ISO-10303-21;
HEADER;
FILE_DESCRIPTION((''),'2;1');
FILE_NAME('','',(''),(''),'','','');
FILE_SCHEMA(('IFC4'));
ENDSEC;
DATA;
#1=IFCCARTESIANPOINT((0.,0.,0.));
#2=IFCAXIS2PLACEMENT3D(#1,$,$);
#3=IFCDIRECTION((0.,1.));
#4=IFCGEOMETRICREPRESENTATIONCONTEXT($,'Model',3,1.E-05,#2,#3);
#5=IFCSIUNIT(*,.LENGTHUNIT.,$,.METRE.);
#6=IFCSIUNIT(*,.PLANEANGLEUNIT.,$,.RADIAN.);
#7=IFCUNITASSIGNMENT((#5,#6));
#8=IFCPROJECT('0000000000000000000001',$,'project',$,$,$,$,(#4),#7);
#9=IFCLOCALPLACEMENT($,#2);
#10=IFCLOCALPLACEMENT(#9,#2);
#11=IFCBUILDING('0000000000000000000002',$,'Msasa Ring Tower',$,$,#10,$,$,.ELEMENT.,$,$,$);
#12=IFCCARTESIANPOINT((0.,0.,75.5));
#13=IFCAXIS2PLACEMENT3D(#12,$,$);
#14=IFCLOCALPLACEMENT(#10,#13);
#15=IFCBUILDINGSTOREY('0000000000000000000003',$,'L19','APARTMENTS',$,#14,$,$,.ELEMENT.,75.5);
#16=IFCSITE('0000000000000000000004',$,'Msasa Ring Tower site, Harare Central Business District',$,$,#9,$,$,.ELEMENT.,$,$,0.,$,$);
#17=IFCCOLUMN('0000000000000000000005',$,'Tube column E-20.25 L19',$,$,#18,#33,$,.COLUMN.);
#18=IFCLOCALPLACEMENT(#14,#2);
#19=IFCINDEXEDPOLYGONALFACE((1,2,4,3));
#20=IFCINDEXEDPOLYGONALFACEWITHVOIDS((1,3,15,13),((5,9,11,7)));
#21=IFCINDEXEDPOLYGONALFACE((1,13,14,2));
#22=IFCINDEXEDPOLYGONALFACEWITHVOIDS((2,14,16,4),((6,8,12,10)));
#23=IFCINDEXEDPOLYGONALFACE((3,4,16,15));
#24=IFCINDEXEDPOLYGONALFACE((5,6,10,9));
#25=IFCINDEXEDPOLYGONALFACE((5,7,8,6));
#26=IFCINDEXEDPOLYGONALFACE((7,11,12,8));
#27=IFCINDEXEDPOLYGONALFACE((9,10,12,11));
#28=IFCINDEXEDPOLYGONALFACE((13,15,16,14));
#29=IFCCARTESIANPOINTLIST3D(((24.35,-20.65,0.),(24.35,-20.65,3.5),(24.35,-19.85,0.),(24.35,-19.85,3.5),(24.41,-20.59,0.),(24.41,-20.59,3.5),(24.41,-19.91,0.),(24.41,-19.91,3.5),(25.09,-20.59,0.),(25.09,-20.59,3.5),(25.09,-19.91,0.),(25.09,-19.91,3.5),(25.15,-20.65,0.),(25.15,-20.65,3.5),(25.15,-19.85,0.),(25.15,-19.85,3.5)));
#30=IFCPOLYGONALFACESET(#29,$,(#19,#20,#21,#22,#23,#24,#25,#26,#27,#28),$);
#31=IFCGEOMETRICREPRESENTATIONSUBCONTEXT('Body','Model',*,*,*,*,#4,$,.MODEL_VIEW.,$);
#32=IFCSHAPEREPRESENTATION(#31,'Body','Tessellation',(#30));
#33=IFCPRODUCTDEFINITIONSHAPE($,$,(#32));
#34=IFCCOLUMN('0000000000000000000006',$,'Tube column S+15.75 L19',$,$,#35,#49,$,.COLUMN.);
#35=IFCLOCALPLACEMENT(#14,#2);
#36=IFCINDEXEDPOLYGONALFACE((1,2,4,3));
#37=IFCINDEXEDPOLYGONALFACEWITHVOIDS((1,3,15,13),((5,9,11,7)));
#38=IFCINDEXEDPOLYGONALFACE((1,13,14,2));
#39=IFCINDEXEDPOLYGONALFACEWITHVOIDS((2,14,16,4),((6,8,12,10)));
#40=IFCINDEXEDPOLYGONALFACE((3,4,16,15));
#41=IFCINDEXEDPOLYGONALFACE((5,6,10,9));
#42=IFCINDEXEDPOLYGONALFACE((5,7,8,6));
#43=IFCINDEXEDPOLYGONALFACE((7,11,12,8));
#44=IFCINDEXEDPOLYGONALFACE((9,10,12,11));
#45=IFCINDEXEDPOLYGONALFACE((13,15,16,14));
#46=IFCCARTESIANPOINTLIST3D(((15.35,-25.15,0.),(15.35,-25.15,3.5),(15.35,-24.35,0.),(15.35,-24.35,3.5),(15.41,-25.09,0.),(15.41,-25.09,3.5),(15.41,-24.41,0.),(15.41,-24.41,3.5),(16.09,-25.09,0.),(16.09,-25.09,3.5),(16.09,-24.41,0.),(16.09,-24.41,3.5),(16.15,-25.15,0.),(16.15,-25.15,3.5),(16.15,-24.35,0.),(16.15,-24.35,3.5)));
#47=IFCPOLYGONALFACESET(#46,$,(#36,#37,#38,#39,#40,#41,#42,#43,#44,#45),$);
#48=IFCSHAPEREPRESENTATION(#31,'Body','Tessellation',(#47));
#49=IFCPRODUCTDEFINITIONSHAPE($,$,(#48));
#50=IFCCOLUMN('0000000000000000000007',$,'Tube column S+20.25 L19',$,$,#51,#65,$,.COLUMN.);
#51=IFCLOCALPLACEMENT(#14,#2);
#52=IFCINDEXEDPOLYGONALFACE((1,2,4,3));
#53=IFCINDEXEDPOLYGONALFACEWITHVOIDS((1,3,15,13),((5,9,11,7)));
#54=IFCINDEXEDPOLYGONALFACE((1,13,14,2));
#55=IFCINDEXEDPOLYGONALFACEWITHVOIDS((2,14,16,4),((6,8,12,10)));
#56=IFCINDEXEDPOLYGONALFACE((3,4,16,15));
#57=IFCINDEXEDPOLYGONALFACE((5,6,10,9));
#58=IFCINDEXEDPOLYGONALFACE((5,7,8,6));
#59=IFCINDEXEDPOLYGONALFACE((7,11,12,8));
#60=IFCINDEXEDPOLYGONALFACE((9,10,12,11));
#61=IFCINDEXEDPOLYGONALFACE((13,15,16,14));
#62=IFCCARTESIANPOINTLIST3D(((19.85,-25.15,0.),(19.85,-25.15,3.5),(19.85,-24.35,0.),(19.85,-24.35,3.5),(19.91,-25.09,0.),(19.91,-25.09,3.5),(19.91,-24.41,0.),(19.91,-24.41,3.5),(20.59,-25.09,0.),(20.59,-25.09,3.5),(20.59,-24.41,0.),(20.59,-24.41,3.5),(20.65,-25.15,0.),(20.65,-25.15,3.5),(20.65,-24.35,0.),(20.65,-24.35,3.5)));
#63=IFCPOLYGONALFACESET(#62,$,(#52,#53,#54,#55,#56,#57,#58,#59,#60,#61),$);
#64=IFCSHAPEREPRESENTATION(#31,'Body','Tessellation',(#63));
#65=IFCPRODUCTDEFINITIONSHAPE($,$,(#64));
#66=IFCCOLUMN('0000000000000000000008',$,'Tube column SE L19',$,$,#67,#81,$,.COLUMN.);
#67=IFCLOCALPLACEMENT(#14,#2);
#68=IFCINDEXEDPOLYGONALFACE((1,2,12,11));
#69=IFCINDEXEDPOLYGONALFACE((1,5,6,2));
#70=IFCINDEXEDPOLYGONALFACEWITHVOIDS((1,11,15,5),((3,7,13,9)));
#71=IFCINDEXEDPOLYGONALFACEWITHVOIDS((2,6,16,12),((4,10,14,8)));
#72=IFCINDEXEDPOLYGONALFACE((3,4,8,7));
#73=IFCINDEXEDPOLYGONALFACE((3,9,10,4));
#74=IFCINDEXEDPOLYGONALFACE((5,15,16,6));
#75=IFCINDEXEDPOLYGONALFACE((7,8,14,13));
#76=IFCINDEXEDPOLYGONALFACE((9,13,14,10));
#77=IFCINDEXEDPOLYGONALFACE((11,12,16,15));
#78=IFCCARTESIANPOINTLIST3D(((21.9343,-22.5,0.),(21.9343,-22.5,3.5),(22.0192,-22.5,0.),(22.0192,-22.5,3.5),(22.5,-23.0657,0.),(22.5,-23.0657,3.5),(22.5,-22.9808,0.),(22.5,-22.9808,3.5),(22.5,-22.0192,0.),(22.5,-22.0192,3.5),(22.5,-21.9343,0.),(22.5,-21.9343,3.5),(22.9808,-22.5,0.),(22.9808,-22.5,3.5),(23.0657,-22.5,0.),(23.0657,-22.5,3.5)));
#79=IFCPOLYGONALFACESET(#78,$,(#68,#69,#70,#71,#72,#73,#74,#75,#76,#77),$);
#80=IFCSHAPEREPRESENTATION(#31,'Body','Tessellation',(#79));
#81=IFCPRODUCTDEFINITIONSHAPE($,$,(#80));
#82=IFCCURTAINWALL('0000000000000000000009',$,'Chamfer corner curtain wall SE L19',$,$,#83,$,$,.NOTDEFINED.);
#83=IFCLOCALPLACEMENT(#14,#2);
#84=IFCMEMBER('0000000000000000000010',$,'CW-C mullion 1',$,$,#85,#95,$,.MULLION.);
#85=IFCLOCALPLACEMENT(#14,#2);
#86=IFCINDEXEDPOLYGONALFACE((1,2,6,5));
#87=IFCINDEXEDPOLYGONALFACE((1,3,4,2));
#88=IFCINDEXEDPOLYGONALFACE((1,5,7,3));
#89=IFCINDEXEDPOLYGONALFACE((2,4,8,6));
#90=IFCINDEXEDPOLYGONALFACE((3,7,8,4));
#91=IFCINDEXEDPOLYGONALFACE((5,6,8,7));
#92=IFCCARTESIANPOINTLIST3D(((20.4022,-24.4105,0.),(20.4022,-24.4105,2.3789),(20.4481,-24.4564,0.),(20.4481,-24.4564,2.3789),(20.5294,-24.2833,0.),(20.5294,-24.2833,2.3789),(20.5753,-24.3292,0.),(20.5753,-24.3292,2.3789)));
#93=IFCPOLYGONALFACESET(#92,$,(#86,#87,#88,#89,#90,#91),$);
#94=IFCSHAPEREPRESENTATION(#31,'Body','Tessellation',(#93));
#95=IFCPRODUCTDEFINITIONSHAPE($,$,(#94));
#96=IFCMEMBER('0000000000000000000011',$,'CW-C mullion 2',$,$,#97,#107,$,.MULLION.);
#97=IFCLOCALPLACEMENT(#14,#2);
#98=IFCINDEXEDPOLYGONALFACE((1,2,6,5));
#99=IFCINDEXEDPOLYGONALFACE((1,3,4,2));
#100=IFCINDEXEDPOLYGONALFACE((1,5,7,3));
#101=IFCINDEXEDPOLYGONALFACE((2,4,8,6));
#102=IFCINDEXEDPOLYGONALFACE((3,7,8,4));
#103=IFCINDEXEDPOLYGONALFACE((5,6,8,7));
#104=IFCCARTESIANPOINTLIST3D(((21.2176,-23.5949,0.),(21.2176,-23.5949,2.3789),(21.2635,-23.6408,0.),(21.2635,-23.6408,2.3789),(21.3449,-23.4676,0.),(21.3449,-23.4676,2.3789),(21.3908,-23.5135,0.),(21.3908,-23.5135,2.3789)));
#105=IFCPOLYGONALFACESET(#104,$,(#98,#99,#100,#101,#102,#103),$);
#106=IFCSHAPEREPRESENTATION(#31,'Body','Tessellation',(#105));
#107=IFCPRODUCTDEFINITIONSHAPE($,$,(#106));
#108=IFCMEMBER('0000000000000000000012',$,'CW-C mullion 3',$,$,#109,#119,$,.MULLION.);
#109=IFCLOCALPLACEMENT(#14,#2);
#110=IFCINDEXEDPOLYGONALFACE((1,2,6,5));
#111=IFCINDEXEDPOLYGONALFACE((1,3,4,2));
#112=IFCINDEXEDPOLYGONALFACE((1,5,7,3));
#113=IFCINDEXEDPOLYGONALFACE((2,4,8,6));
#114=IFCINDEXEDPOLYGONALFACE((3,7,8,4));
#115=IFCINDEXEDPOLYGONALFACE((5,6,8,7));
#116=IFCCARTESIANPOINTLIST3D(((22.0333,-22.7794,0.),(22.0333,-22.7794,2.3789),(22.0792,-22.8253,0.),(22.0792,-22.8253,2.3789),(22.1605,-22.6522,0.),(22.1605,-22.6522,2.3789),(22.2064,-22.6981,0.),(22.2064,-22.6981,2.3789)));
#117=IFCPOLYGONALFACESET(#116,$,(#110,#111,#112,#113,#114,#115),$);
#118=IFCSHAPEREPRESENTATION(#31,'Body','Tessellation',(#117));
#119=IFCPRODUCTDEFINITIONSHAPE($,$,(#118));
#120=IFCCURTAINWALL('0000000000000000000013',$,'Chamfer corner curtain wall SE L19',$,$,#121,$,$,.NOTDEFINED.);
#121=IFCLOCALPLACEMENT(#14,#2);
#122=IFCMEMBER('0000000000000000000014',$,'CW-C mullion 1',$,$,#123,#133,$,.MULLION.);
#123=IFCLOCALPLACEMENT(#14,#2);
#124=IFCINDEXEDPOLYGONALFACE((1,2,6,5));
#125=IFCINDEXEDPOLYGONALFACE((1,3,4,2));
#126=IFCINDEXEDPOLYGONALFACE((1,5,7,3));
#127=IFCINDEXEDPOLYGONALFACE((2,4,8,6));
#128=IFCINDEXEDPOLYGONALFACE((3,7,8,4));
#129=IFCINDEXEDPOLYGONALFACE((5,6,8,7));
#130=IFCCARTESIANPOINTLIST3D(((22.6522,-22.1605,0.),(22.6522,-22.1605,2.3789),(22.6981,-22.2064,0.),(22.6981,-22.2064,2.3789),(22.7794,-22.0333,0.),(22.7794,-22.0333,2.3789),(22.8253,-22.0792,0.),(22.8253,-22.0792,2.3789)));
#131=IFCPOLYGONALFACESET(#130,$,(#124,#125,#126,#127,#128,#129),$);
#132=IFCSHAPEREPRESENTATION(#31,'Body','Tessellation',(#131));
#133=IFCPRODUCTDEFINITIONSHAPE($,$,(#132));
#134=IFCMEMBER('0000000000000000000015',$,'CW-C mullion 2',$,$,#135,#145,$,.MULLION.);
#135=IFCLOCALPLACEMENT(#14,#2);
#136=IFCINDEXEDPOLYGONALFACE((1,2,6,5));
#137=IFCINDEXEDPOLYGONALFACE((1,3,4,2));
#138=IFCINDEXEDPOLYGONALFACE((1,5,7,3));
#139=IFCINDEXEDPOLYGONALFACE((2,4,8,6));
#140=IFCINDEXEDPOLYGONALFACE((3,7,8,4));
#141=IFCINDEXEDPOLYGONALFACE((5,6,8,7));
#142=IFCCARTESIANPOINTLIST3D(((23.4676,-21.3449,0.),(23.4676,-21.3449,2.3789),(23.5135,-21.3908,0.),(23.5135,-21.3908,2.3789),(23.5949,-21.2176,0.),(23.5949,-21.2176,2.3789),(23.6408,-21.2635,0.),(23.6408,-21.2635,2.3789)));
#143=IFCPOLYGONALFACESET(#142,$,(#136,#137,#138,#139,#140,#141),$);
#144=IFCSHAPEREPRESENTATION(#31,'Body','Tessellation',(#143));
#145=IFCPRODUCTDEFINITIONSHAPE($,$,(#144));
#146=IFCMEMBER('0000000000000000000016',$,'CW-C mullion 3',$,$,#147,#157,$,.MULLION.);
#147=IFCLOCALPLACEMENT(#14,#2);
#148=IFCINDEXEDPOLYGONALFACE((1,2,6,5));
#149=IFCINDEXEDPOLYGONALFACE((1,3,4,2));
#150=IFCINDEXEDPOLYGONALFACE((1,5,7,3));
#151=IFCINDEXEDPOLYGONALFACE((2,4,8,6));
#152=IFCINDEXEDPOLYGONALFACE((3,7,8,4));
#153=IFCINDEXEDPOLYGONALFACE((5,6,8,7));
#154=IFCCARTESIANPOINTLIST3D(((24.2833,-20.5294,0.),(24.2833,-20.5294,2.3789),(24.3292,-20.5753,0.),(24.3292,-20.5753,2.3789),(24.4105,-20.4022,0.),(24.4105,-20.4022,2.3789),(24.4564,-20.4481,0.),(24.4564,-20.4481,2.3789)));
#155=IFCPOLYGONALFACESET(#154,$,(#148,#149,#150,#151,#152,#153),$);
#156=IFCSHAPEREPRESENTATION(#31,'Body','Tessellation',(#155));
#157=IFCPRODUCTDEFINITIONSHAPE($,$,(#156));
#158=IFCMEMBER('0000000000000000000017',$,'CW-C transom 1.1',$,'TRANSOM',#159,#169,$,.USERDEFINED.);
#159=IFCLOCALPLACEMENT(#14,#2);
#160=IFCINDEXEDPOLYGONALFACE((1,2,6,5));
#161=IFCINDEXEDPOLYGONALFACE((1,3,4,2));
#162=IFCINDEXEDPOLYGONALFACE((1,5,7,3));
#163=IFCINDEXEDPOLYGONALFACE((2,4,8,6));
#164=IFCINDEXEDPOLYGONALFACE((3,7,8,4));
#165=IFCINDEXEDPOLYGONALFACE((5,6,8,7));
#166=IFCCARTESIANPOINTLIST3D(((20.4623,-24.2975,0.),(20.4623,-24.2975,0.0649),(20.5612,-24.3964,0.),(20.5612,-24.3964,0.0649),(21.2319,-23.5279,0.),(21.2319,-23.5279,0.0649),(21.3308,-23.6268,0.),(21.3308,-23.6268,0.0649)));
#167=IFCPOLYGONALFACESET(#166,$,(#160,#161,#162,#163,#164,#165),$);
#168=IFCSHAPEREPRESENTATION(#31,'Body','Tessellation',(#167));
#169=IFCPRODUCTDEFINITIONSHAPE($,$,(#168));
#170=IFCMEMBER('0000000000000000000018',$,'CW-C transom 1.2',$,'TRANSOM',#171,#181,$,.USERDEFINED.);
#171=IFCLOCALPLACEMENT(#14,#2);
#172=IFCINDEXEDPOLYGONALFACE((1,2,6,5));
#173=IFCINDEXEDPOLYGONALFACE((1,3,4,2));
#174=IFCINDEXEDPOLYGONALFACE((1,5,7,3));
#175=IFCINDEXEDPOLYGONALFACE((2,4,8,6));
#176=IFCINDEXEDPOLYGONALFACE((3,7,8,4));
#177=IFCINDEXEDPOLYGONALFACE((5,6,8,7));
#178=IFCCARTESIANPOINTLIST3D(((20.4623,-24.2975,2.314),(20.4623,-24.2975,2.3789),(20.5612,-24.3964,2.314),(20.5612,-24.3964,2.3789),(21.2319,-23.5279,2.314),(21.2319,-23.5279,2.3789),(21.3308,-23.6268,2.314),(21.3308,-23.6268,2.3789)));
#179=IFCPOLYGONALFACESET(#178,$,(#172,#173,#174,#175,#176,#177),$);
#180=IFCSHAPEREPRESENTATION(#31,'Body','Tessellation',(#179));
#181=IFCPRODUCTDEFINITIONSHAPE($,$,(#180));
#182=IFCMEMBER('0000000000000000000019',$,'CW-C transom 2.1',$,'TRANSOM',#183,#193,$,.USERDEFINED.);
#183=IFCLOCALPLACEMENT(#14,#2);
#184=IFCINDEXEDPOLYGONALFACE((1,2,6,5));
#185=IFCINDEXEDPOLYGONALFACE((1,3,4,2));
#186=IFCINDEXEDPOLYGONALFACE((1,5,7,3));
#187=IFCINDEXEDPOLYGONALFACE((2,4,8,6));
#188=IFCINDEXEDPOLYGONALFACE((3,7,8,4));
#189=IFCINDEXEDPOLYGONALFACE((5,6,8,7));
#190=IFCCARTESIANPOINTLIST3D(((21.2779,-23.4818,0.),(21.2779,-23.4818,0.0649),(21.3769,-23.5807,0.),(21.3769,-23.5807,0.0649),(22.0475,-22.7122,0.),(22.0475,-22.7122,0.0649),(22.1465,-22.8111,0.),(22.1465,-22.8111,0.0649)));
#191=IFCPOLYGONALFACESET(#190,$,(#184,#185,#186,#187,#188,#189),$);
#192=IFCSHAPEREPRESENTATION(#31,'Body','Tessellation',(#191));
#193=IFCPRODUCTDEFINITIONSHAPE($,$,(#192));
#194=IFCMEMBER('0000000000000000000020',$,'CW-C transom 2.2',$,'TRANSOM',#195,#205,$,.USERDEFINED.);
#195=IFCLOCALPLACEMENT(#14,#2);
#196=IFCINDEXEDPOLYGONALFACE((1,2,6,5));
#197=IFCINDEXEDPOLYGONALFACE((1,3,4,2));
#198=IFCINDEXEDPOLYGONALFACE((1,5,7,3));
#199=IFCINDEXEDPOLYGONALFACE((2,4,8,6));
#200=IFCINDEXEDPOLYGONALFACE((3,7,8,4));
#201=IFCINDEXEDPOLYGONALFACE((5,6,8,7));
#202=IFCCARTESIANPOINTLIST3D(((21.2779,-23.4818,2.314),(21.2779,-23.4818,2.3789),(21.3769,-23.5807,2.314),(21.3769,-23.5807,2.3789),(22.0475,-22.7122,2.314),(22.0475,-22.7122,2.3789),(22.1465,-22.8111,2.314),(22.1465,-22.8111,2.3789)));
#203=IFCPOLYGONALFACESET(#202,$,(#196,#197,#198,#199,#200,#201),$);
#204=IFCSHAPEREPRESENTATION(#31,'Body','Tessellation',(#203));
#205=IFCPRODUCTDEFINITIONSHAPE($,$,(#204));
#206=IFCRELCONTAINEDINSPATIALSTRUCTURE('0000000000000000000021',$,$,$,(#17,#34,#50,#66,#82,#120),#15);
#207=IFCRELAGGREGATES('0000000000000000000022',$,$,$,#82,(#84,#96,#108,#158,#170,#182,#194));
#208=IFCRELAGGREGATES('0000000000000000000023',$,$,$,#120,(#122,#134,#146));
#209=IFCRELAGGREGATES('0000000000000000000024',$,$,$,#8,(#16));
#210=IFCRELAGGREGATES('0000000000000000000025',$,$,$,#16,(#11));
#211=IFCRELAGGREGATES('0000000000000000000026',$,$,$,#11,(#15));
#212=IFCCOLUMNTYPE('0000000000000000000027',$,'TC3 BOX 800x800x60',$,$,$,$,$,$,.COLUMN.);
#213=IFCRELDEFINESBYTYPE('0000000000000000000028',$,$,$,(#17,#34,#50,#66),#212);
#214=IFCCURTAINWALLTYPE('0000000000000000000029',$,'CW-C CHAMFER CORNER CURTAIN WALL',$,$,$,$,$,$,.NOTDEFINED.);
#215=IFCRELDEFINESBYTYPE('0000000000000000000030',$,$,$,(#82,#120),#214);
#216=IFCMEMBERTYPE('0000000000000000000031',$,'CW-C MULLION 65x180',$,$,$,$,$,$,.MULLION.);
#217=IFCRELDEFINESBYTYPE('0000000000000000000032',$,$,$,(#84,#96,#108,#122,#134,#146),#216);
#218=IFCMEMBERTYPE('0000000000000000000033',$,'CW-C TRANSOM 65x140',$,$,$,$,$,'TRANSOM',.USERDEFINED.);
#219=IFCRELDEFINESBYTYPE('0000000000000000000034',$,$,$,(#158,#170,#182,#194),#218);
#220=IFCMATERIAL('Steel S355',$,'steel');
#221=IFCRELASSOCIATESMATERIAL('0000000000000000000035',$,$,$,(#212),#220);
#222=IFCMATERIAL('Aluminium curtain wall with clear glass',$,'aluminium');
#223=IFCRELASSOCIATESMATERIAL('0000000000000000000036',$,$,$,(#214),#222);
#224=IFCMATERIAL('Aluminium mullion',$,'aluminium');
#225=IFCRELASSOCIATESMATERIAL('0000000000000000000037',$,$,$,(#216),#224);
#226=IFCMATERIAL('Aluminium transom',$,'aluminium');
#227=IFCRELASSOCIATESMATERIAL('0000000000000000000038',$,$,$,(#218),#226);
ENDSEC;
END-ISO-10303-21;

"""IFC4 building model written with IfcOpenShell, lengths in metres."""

from ifc_helpers import new_model, si_unit, direction, frame, origin, origin_2d, place, context, subcontext, project, spatial, rectangle, hollow_rectangle, extrude, material, material_profile, profile_set, type_object, element, aggregate, save


model = new_model("IFC4")

# Units and contexts
model_context = context("Model", 3, precision=1e-05, world=origin(), true_north=direction((0.0, 1.0)))
body_context = subcontext(model_context, "Body", "Model", "MODEL_VIEW")
ifc_project = project(units=[si_unit("LENGTHUNIT", "METRE"), si_unit("PLANEANGLEUNIT", "RADIAN")], contexts=[model_context])

# Site, building, storey
site_placement = place(None, origin())
site = spatial("IfcSite", under=ifc_project, at=site_placement, Name="Msasa Ring Tower site, Harare Central Business District", CompositionType="ELEMENT", RefElevation=0.0)
building_placement = place(site_placement, origin())
building = spatial("IfcBuilding", under=site, at=building_placement, Name="Msasa Ring Tower", CompositionType="ELEMENT")
storey_placement = place(building_placement, frame((0.0, 0.0, 75.5)))
storey = spatial("IfcBuildingStorey", under=building, at=storey_placement, Name="L19", Description="APARTMENTS", CompositionType="ELEMENT", Elevation=75.5)

# Columns
ifc_material_1 = material(Name="Steel S355", Category="steel")
ifc_material_profile_1 = material_profile(ifc_material_1, hollow_rectangle(XDim=0.8, YDim=0.8, WallThickness=0.0601, at=origin_2d()), Name="BOX 800x800x60")
ifc_profile_set_1 = profile_set([ifc_material_profile_1], Name="Steel S355")
column_type = type_object("IfcColumnType", Name="TC3 BOX 800x800x60", PredefinedType="COLUMN", material=ifc_profile_set_1)
for number, where, z_axis, x_axis, name in (
    (1, (24.75, -20.25, 0.0), (0.0, 0.0, 1.0), (1.0, 0.0, 0.0), "Tube column E-20.25 L19"),
    (2, (15.75, -24.75, 0.0), (0.0, 0.0, 1.0), (0.0, 1.0, 0.0), "Tube column S+15.75 L19"),
    (3, (20.25, -24.75, 0.0), (0.0, 0.0, 1.0), (0.0, 1.0, 0.0), "Tube column S+20.25 L19"),
    (4, (22.5, -22.5, 0.0), (0.0, 0.0, 1.0), (0.707107, -0.707107, 0.0), "Tube column SE L19"),
):
    element("IfcColumn", number, at=place(storey_placement, frame(where, z_axis=z_axis, x_axis=x_axis)), inside=storey, type_object=column_type, Name=name, PredefinedType="COLUMN", context=body_context, shape_type="SweptSolid", body=[
        extrude(hollow_rectangle(XDim=0.8, YDim=0.8, WallThickness=0.0601, at=origin_2d()), origin(), (0.0, 0.0, 1.0), 3.5),
    ])

# Curtain walls, members
ifc_material_2 = material(Name="Aluminium curtain wall with clear glass", Category="aluminium")
curtain_wall_type = type_object("IfcCurtainWallType", Name="CW-C CHAMFER CORNER CURTAIN WALL", PredefinedType="NOTDEFINED", material=ifc_material_2)
curtain_wall_1_placement = place(storey_placement, origin())
curtain_wall_1 = element("IfcCurtainWall", 5, at=curtain_wall_1_placement, inside=storey, type_object=curtain_wall_type, Name="Chamfer corner curtain wall SE L19", PredefinedType="NOTDEFINED")
ifc_material_3 = material(Name="Aluminium mullion", Category="aluminium")
ifc_material_profile_2 = material_profile(ifc_material_3, rectangle(XDim=0.0649, YDim=0.1799, at=origin_2d()), Name="AL 65x180")
ifc_profile_set_2 = profile_set([ifc_material_profile_2], Name="Aluminium mullion")
member_type_1 = type_object("IfcMemberType", Name="CW-C MULLION 65x180", PredefinedType="MULLION", material=ifc_profile_set_2)
member_1_placement = place(storey_placement, frame((20.4888, -24.3699, 0.0), z_axis=(0.0, 0.0, 1.0), x_axis=(-0.707107, 0.707107, 0.0)))
member_1 = element("IfcMember", 6, at=member_1_placement, type_object=member_type_1, Name="CW-C mullion 1", PredefinedType="MULLION", context=body_context, shape_type="SweptSolid", body=[
    extrude(rectangle(XDim=0.0649, YDim=0.1799, at=origin_2d()), origin(), (0.0, 0.0, 1.0), 2.3789),
])
member_2_placement = place(storey_placement, frame((21.3042, -23.5542, 0.0), z_axis=(0.0, 0.0, 1.0), x_axis=(-0.707107, 0.707107, 0.0)))
member_2 = element("IfcMember", 7, at=member_2_placement, type_object=member_type_1, Name="CW-C mullion 2", PredefinedType="MULLION", context=body_context, shape_type="SweptSolid", body=[
    extrude(rectangle(XDim=0.0649, YDim=0.1799, at=origin_2d()), origin(), (0.0, 0.0, 1.0), 2.3789),
])
member_3_placement = place(storey_placement, frame((22.1199, -22.7388, 0.0), z_axis=(0.0, 0.0, 1.0), x_axis=(-0.707107, 0.707107, 0.0)))
member_3 = element("IfcMember", 8, at=member_3_placement, type_object=member_type_1, Name="CW-C mullion 3", PredefinedType="MULLION", context=body_context, shape_type="SweptSolid", body=[
    extrude(rectangle(XDim=0.0649, YDim=0.1799, at=origin_2d()), origin(), (0.0, 0.0, 1.0), 2.3789),
])
curtain_wall_2_placement = place(storey_placement, origin())
curtain_wall_2 = element("IfcCurtainWall", 9, at=curtain_wall_2_placement, inside=storey, type_object=curtain_wall_type, Name="Chamfer corner curtain wall SE L19", PredefinedType="NOTDEFINED")
member_4_placement = place(storey_placement, frame((22.7388, -22.1199, 0.0), z_axis=(0.0, 0.0, 1.0), x_axis=(-0.707107, 0.707107, 0.0)))
member_4 = element("IfcMember", 10, at=member_4_placement, type_object=member_type_1, Name="CW-C mullion 1", PredefinedType="MULLION", context=body_context, shape_type="SweptSolid", body=[
    extrude(rectangle(XDim=0.0649, YDim=0.1799, at=origin_2d()), origin(), (0.0, 0.0, 1.0), 2.3789),
])
member_5_placement = place(storey_placement, frame((23.5542, -21.3042, 0.0), z_axis=(0.0, 0.0, 1.0), x_axis=(-0.707107, 0.707107, 0.0)))
member_5 = element("IfcMember", 11, at=member_5_placement, type_object=member_type_1, Name="CW-C mullion 2", PredefinedType="MULLION", context=body_context, shape_type="SweptSolid", body=[
    extrude(rectangle(XDim=0.0649, YDim=0.1799, at=origin_2d()), origin(), (0.0, 0.0, 1.0), 2.3789),
])
member_6_placement = place(storey_placement, frame((24.3699, -20.4888, 0.0), z_axis=(0.0, 0.0, 1.0), x_axis=(-0.707107, 0.707107, 0.0)))
member_6 = element("IfcMember", 12, at=member_6_placement, type_object=member_type_1, Name="CW-C mullion 3", PredefinedType="MULLION", context=body_context, shape_type="SweptSolid", body=[
    extrude(rectangle(XDim=0.0649, YDim=0.1799, at=origin_2d()), origin(), (0.0, 0.0, 1.0), 2.3789),
])

# Members
ifc_material_4 = material(Name="Aluminium transom", Category="aluminium")
ifc_material_profile_3 = material_profile(ifc_material_4, rectangle(XDim=0.1399, YDim=0.0649, at=origin_2d()), Name="AL 65x140")
ifc_profile_set_3 = profile_set([ifc_material_profile_3], Name="Aluminium transom")
member_type_2 = type_object("IfcMemberType", Name="CW-C TRANSOM 65x140", ElementType="TRANSOM", PredefinedType="USERDEFINED", material=ifc_profile_set_3)
member_7_placement = place(storey_placement, frame((20.5117, -24.3469, 0.0325), z_axis=(0.707107, 0.707107, 0.0), x_axis=(-0.707107, 0.707107, 0.0)))
member_7 = element("IfcMember", 13, at=member_7_placement, type_object=member_type_2, Name="CW-C transom 1.1", ObjectType="TRANSOM", PredefinedType="USERDEFINED", context=body_context, shape_type="SweptSolid", body=[
    extrude(rectangle(XDim=0.1399, YDim=0.0649, at=origin_2d()), origin(), (0.0, 0.0, 1.0), 1.0884),
])
member_8_placement = place(storey_placement, frame((20.5117, -24.3469, 2.3464), z_axis=(0.707107, 0.707107, 0.0), x_axis=(-0.707107, 0.707107, 0.0)))
member_8 = element("IfcMember", 14, at=member_8_placement, type_object=member_type_2, Name="CW-C transom 1.2", ObjectType="TRANSOM", PredefinedType="USERDEFINED", context=body_context, shape_type="SweptSolid", body=[
    extrude(rectangle(XDim=0.1399, YDim=0.0649, at=origin_2d()), origin(), (0.0, 0.0, 1.0), 1.0884),
])
member_9_placement = place(storey_placement, frame((21.3274, -23.5312, 0.0325), z_axis=(0.707107, 0.707107, 0.0), x_axis=(-0.707107, 0.707107, 0.0)))
member_9 = element("IfcMember", 15, at=member_9_placement, type_object=member_type_2, Name="CW-C transom 2.1", ObjectType="TRANSOM", PredefinedType="USERDEFINED", context=body_context, shape_type="SweptSolid", body=[
    extrude(rectangle(XDim=0.1399, YDim=0.0649, at=origin_2d()), origin(), (0.0, 0.0, 1.0), 1.0884),
])
member_10_placement = place(storey_placement, frame((21.3274, -23.5312, 2.3464), z_axis=(0.707107, 0.707107, 0.0), x_axis=(-0.707107, 0.707107, 0.0)))
member_10 = element("IfcMember", 16, at=member_10_placement, type_object=member_type_2, Name="CW-C transom 2.2", ObjectType="TRANSOM", PredefinedType="USERDEFINED", context=body_context, shape_type="SweptSolid", body=[
    extrude(rectangle(XDim=0.1399, YDim=0.0649, at=origin_2d()), origin(), (0.0, 0.0, 1.0), 1.0884),
])

aggregate(curtain_wall_1, [member_1, member_2, member_3, member_7, member_8, member_9, member_10])
aggregate(curtain_wall_2, [member_4, member_5, member_6])

save(model, "model.ifc")
